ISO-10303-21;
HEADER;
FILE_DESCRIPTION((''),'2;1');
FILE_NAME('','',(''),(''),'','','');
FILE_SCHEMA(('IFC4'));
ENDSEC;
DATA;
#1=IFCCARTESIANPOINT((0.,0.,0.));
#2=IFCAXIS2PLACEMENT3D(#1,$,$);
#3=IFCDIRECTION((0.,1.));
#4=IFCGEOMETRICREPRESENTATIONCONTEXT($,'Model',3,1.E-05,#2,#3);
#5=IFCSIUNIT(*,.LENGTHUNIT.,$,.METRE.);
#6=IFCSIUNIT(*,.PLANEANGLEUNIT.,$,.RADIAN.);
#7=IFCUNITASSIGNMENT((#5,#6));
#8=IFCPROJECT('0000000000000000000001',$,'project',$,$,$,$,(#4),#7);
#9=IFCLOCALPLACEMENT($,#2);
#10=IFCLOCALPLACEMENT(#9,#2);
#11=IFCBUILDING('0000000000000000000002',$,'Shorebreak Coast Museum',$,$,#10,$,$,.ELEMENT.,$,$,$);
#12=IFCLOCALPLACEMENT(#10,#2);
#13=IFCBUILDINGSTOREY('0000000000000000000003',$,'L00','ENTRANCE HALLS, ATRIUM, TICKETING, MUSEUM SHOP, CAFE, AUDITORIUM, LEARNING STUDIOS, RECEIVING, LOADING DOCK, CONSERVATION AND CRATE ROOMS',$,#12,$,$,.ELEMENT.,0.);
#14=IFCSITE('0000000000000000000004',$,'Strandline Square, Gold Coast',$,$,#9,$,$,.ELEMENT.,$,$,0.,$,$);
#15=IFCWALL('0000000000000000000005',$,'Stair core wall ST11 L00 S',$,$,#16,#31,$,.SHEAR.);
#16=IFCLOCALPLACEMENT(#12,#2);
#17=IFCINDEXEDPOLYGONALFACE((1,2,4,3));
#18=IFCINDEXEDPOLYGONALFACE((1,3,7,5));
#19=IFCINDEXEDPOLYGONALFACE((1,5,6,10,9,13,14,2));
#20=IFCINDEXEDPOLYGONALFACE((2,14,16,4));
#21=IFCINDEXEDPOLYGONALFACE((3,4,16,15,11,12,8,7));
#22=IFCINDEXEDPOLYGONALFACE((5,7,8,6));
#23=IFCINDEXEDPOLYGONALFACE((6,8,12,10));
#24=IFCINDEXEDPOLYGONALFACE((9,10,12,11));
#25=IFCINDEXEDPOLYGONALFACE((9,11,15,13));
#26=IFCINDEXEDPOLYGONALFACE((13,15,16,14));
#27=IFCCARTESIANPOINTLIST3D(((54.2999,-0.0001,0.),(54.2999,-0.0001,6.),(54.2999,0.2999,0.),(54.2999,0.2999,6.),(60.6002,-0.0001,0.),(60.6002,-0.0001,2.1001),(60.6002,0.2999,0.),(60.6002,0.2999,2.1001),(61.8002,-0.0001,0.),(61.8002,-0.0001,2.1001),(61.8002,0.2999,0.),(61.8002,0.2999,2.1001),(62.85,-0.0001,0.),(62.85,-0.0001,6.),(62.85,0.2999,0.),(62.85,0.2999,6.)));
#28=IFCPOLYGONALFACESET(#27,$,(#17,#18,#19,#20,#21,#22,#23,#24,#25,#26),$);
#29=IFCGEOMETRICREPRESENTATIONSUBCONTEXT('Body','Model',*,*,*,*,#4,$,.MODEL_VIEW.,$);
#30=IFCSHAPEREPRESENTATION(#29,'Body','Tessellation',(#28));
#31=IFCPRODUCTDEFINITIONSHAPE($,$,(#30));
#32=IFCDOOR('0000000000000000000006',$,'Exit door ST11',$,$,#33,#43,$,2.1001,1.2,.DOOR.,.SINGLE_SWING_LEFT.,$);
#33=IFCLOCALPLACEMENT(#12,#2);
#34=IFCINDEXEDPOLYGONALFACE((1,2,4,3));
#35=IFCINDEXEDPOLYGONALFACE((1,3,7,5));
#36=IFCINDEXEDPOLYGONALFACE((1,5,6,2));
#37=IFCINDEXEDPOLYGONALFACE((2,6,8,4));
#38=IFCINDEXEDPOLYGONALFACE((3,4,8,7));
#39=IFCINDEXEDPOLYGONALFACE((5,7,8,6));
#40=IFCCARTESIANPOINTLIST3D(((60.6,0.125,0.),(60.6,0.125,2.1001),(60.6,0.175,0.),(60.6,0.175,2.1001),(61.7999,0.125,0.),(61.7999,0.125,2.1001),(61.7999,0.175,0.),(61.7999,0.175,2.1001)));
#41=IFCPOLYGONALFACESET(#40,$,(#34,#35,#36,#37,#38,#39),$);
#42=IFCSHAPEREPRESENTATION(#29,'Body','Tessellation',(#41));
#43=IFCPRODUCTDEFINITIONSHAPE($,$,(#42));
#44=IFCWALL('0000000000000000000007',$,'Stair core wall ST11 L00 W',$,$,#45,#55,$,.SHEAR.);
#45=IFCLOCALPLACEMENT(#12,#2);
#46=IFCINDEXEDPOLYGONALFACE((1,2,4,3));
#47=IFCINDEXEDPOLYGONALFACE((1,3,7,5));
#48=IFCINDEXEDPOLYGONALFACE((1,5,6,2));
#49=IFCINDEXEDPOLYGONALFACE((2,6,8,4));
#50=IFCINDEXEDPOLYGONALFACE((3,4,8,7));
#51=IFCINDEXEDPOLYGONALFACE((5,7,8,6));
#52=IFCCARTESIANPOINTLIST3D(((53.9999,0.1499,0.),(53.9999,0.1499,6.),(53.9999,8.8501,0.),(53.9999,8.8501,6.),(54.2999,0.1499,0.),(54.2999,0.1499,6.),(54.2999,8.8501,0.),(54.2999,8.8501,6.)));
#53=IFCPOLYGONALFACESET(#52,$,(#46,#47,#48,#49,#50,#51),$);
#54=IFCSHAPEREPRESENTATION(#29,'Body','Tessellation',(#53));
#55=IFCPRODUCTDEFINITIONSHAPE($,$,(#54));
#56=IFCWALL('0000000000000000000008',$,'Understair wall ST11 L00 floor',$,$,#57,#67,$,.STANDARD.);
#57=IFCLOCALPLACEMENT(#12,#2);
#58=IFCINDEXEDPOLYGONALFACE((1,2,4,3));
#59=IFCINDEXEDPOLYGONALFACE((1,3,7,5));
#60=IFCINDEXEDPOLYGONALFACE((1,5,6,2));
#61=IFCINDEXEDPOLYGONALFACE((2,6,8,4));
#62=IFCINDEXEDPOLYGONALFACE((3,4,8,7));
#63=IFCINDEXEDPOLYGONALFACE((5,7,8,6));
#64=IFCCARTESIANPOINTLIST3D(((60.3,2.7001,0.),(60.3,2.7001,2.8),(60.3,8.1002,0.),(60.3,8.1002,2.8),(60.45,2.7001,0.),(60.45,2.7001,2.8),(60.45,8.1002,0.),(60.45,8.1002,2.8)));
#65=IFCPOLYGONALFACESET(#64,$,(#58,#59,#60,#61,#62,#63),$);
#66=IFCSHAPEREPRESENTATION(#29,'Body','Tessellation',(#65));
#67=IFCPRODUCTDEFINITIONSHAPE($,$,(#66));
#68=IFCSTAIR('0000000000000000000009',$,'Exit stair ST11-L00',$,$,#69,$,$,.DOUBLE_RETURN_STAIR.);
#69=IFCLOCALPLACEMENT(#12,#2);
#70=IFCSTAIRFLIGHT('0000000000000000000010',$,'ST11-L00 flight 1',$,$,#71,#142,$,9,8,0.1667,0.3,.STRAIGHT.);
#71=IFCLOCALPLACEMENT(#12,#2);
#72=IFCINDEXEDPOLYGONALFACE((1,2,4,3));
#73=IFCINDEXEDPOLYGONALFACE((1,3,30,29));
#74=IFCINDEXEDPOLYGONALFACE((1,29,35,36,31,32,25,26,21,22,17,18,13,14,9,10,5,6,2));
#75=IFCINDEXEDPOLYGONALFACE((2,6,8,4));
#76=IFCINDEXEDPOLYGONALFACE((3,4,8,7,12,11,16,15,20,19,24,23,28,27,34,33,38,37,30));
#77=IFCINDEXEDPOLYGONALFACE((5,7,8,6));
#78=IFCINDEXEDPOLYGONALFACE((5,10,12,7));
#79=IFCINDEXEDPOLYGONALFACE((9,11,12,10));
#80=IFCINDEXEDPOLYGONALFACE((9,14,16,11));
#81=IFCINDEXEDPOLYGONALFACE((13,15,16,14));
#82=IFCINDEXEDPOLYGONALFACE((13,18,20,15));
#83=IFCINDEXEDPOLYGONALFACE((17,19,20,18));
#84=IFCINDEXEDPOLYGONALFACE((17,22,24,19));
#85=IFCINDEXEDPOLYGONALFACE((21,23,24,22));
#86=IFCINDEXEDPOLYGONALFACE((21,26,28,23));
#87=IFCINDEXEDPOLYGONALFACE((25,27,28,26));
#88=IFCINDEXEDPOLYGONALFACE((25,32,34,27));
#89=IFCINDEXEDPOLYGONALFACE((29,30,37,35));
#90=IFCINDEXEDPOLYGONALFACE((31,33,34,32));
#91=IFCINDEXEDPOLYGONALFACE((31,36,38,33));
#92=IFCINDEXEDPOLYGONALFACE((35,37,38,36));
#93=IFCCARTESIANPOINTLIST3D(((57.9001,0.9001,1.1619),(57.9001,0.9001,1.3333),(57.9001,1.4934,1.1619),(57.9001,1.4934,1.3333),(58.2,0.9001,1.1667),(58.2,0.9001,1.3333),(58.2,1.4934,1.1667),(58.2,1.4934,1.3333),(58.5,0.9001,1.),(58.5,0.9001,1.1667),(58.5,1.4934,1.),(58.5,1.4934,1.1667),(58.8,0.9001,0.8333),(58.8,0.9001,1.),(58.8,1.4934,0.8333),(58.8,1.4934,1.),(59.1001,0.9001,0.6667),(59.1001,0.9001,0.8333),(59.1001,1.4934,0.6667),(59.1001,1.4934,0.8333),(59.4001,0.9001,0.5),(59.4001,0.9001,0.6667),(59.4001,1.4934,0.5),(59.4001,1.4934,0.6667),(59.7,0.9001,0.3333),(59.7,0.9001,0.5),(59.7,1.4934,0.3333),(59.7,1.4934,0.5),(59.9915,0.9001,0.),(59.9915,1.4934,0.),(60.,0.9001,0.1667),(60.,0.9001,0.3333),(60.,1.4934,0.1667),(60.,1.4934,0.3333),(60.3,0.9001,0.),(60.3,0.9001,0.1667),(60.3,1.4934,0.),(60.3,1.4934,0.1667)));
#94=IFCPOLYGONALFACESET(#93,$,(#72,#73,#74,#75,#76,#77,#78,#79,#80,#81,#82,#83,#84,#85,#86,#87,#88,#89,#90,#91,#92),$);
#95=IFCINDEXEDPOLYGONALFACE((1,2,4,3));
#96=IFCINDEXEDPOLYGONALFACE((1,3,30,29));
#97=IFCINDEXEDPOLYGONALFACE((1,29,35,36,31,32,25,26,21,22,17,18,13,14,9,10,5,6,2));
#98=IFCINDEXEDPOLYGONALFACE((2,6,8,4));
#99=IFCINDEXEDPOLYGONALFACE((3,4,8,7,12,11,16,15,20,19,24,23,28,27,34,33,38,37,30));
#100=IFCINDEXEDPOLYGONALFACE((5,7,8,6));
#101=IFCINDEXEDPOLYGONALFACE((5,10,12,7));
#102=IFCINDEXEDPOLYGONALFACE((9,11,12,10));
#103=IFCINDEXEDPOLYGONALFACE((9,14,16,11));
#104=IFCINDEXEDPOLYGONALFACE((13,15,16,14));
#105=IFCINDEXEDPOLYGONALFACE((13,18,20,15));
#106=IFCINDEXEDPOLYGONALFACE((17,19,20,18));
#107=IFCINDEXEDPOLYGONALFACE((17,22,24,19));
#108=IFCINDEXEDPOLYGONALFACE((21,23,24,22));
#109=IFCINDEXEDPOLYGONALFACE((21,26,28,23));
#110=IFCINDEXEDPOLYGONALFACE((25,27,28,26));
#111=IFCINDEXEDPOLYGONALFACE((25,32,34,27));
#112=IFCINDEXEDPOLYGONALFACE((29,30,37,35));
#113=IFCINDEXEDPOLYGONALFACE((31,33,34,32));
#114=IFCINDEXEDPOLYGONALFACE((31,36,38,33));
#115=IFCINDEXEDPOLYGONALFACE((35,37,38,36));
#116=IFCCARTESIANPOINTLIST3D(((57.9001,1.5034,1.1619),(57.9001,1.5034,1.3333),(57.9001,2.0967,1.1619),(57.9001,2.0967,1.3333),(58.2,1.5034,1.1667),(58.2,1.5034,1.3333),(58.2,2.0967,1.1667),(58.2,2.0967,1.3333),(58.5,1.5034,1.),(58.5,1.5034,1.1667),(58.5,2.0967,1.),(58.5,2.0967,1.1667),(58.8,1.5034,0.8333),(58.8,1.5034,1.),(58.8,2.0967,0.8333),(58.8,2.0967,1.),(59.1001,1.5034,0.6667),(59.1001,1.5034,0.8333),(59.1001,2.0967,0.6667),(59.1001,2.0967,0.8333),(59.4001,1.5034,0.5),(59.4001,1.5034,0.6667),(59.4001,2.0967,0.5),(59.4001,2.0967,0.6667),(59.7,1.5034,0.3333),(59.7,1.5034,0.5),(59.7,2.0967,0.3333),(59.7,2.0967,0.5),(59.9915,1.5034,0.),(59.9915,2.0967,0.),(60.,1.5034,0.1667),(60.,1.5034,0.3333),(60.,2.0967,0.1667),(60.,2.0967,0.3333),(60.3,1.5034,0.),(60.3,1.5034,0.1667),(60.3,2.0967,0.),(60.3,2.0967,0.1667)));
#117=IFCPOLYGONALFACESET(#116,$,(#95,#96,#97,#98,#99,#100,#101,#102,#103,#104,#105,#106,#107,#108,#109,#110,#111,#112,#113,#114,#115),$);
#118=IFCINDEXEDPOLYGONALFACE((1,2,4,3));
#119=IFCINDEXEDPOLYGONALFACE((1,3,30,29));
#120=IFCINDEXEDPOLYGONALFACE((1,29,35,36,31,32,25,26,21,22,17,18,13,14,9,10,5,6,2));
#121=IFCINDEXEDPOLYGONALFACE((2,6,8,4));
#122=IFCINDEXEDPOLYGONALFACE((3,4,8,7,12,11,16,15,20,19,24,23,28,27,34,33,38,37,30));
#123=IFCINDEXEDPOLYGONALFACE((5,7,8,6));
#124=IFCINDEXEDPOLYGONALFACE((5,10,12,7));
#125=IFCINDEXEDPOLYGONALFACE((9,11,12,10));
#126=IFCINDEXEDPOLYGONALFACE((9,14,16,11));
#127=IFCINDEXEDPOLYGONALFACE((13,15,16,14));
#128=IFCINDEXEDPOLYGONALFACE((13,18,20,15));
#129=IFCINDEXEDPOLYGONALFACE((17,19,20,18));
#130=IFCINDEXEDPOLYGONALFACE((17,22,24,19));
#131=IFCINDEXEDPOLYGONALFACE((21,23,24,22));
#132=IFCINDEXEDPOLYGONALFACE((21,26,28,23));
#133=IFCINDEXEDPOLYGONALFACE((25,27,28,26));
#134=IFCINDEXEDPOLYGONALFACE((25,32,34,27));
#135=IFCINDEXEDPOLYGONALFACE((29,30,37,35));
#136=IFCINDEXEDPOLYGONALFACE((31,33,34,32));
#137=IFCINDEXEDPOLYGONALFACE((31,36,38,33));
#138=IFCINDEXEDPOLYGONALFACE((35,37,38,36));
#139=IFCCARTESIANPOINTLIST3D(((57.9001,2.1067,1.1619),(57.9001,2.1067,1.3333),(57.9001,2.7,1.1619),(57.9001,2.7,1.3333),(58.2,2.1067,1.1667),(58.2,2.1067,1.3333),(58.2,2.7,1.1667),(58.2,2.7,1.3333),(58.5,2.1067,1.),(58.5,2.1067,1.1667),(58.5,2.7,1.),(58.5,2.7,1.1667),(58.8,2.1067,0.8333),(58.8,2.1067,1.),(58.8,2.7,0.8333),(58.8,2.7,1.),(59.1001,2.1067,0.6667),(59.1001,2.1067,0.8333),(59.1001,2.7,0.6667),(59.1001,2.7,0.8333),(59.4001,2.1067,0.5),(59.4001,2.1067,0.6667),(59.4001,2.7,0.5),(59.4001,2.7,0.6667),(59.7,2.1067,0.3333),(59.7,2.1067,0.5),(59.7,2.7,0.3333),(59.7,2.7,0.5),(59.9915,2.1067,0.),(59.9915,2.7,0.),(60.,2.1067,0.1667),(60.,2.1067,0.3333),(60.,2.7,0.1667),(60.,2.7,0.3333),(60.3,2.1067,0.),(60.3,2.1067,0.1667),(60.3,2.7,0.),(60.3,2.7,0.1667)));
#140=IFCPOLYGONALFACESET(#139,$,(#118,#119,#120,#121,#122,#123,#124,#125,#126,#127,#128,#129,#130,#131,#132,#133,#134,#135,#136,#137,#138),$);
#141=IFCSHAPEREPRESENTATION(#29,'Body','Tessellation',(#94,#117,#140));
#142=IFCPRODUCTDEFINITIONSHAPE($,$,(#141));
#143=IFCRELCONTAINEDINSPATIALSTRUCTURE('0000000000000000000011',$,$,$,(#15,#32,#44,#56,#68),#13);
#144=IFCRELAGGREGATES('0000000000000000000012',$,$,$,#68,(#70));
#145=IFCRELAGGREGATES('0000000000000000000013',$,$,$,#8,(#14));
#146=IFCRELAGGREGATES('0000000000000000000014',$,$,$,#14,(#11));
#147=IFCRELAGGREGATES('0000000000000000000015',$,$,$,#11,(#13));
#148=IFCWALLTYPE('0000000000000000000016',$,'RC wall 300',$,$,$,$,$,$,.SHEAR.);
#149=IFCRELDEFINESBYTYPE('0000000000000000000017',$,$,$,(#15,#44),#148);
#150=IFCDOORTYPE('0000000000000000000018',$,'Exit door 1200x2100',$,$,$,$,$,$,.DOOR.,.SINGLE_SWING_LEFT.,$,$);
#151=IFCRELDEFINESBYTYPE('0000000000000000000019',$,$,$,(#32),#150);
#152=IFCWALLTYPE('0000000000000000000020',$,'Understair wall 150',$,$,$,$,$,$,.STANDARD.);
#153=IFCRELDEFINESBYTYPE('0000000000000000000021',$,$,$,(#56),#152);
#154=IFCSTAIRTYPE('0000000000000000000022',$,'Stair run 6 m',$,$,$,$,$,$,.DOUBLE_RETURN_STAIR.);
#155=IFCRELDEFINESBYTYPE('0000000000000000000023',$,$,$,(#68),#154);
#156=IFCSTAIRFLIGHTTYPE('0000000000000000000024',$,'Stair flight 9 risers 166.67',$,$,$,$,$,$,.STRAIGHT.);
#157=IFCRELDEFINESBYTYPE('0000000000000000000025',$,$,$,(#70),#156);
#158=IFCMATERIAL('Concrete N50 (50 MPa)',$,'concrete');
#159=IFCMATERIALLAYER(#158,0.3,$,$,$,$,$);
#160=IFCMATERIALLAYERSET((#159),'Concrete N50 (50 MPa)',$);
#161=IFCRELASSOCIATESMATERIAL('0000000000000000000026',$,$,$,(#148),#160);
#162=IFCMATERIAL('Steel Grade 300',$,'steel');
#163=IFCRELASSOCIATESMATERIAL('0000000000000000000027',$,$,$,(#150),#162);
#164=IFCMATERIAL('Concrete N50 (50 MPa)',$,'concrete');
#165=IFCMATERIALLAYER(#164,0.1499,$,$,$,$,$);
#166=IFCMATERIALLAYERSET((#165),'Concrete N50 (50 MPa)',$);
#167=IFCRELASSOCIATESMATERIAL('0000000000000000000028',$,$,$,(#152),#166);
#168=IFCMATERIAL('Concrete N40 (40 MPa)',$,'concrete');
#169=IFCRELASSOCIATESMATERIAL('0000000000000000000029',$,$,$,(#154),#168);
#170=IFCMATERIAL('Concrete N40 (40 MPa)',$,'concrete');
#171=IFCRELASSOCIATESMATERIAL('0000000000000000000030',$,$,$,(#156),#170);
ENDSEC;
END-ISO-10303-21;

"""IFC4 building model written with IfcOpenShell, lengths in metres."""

from ifc_helpers import new_model, si_unit, direction, frame, frame_2d, origin, place, context, subcontext, project, spatial, polyline, rectangle, outline, extrude, material, layer, layer_set, type_object, element, fill, aggregate, save


model = new_model("IFC4")

# Units and contexts
model_context = context("Model", 3, precision=1e-05, world=origin(), true_north=direction((0.0, 1.0)))
body_context = subcontext(model_context, "Body", "Model", "MODEL_VIEW")
ifc_project = project(units=[si_unit("LENGTHUNIT", "METRE"), si_unit("PLANEANGLEUNIT", "RADIAN")], contexts=[model_context])

# Site, building, storey
site_placement = place(None, origin())
site = spatial("IfcSite", under=ifc_project, at=site_placement, Name="Strandline Square, Gold Coast", CompositionType="ELEMENT", RefElevation=0.0)
building_placement = place(site_placement, origin())
building = spatial("IfcBuilding", under=site, at=building_placement, Name="Shorebreak Coast Museum", CompositionType="ELEMENT")
storey_placement = place(building_placement, origin())
storey = spatial("IfcBuildingStorey", under=building, at=storey_placement, Name="L00", Description="ENTRANCE HALLS, ATRIUM, TICKETING, MUSEUM SHOP, CAFE, AUDITORIUM, LEARNING STUDIOS, RECEIVING, LOADING DOCK, CONSERVATION AND CRATE ROOMS", CompositionType="ELEMENT", Elevation=0.0)

# Wall, opening, door
ifc_material_1 = material(Name="Concrete N50 (50 MPa)", Category="concrete")
ifc_layer_1 = layer(ifc_material_1, 0.3)
ifc_layer_set_1 = layer_set([ifc_layer_1], Name="Concrete N50 (50 MPa)")
wall_type_1 = type_object("IfcWallType", Name="RC wall 300", PredefinedType="SHEAR", material=ifc_layer_set_1)
wall_1_placement = place(storey_placement, frame((54.3, 0.1499, 0.0), z_axis=(0.0, 0.0, 1.0), x_axis=(1.0, 0.0, 0.0)))
wall_1 = element("IfcWall", 1, at=wall_1_placement, inside=storey, type_object=wall_type_1, Name="Stair core wall ST11 L00 S", PredefinedType="SHEAR", context=body_context, shape_type="SweptSolid", body=[
    extrude(rectangle(XDim=8.55, YDim=0.3, at=frame_2d((4.2749, 0.0))), origin(), (0.0, 0.0, 1.0), 6.0),
])
opening_placement = place(wall_1_placement, frame((6.3, 0.0, 0.0)))
opening = element("IfcOpeningElement", 2, at=opening_placement, cuts=wall_1, PredefinedType="OPENING", context=body_context, shape_type="SweptSolid", body=[
    extrude(rectangle(XDim=1.2, YDim=2.1001, at=frame_2d((0.6001, 1.05))), frame((0.0, 0.1599, 0.0), z_axis=(0.0, -1.0, 0.0), x_axis=(1.0, 0.0, 0.0)), (0.0, 0.0, 1.0), 0.3201),
])
ifc_material_2 = material(Name="Steel Grade 300", Category="steel")
door_type = type_object("IfcDoorType", Name="Exit door 1200x2100", OperationType="SINGLE_SWING_LEFT", PredefinedType="DOOR", material=ifc_material_2)
door_placement = place(opening_placement, frame((1.2, 0.0, 0.0), z_axis=(0.0, 0.0, 1.0), x_axis=(-1.0, 0.0, 0.0)))
door = element("IfcDoor", 3, at=door_placement, inside=storey, type_object=door_type, Name="Exit door ST11", OperationType="SINGLE_SWING_LEFT", OverallHeight=2.1001, OverallWidth=1.2, PredefinedType="DOOR", context=body_context, shape_type="SweptSolid", body=[
    extrude(rectangle(XDim=1.2, YDim=2.1001, at=frame_2d((0.6001, 1.05))), frame((0.0, 0.0249, 0.0), z_axis=(0.0, -1.0, 0.0), x_axis=(1.0, 0.0, 0.0)), (0.0, 0.0, 1.0), 0.05),
])
fill(opening, door)

# Walls
wall_2_placement = place(storey_placement, frame((54.1499, 0.1499, 0.0), z_axis=(0.0, 0.0, 1.0), x_axis=(0.0, 1.0, 0.0)))
element("IfcWall", 4, at=wall_2_placement, inside=storey, type_object=wall_type_1, Name="Stair core wall ST11 L00 W", PredefinedType="SHEAR", context=body_context, shape_type="SweptSolid", body=[
    extrude(rectangle(XDim=8.7002, YDim=0.3, at=frame_2d((4.3501, 0.0))), origin(), (0.0, 0.0, 1.0), 6.0),
])
ifc_material_3 = material(Name="Concrete N50 (50 MPa)", Category="concrete")
ifc_layer_2 = layer(ifc_material_3, 0.1499)
ifc_layer_set_2 = layer_set([ifc_layer_2], Name="Concrete N50 (50 MPa)")
wall_type_2 = type_object("IfcWallType", Name="Understair wall 150", PredefinedType="STANDARD", material=ifc_layer_set_2)
wall_3_placement = place(storey_placement, frame((60.375, 2.7, 0.0), z_axis=(0.0, 0.0, 1.0), x_axis=(0.0, 1.0, 0.0)))
element("IfcWall", 5, at=wall_3_placement, inside=storey, type_object=wall_type_2, Name="Understair wall ST11 L00 floor", PredefinedType="STANDARD", context=body_context, shape_type="SweptSolid", body=[
    extrude(rectangle(XDim=5.4001, YDim=0.1499, at=frame_2d((2.7002, 0.0))), origin(), (0.0, 0.0, 1.0), 2.8),
])

# Stair, stair flight
ifc_material_4 = material(Name="Concrete N40 (40 MPa)", Category="concrete")
stair_type = type_object("IfcStairType", Name="Stair run 6 m", PredefinedType="DOUBLE_RETURN_STAIR", material=ifc_material_4)
stair_placement = place(storey_placement, origin())
stair = element("IfcStair", 6, at=stair_placement, inside=storey, type_object=stair_type, Name="Exit stair ST11-L00", PredefinedType="DOUBLE_RETURN_STAIR")
ifc_material_5 = material(Name="Concrete N40 (40 MPa)", Category="concrete")
stair_flight_type = type_object("IfcStairFlightType", Name="Stair flight 9 risers 166.67", PredefinedType="STRAIGHT", material=ifc_material_5)
stair_flight_1_placement = place(storey_placement, frame((60.3, 1.8, 0.0), z_axis=(0.0, 0.0, 1.0), x_axis=(-1.0, 0.0, 0.0)))
stair_flight_1 = element("IfcStairFlight", 7, at=stair_flight_1_placement, type_object=stair_flight_type, Name="ST11-L00 flight 1", NumberOfRisers=9, NumberOfTreads=8, PredefinedType="STRAIGHT", RiserHeight=0.1667, TreadLength=0.3, context=body_context, shape_type="SweptSolid", body=[
    extrude(outline(polyline([(0.0, 0.0), (0.0, 0.1667), (0.3, 0.1667), (0.3, 0.3333), (0.6001, 0.3333), (0.6001, 0.5), (0.8999, 0.5), (0.8999, 0.6667), (1.2, 0.6667), (1.2, 0.8333), (1.5, 0.8333), (1.5, 1.0), (1.8, 1.0), (1.8, 1.1667), (2.1001, 1.1667), (2.1001, 1.3333), (2.3999, 1.3333), (2.3999, 1.5), (2.3999, 1.1619), (0.3086, 0.0), (0.0, 0.0)])), frame((0.0, 0.8999, 0.0), z_axis=(0.0, -1.0, 0.0), x_axis=(1.0, 0.0, 0.0)), (0.0, 0.0, 1.0), 0.5933),
    extrude(outline(polyline([(0.0, 0.0), (0.0, 0.1667), (0.3, 0.1667), (0.3, 0.3333), (0.6001, 0.3333), (0.6001, 0.5), (0.8999, 0.5), (0.8999, 0.6667), (1.2, 0.6667), (1.2, 0.8333), (1.5, 0.8333), (1.5, 1.0), (1.8, 1.0), (1.8, 1.1667), (2.1001, 1.1667), (2.1001, 1.3333), (2.3999, 1.3333), (2.3999, 1.5), (2.3999, 1.1619), (0.3086, 0.0), (0.0, 0.0)])), frame((0.0, 0.2966, 0.0), z_axis=(0.0, -1.0, 0.0), x_axis=(1.0, 0.0, 0.0)), (0.0, 0.0, 1.0), 0.5933),
    extrude(outline(polyline([(0.0, 0.0), (0.0, 0.1667), (0.3, 0.1667), (0.3, 0.3333), (0.6001, 0.3333), (0.6001, 0.5), (0.8999, 0.5), (0.8999, 0.6667), (1.2, 0.6667), (1.2, 0.8333), (1.5, 0.8333), (1.5, 1.0), (1.8, 1.0), (1.8, 1.1667), (2.1001, 1.1667), (2.1001, 1.3333), (2.3999, 1.3333), (2.3999, 1.5), (2.3999, 1.1619), (0.3086, 0.0), (0.0, 0.0)])), frame((0.0, -0.3066, 0.0), z_axis=(0.0, -1.0, 0.0), x_axis=(1.0, 0.0, 0.0)), (0.0, 0.0, 1.0), 0.5933),
])
aggregate(stair, [stair_flight_1])

save(model, "model.ifc")
